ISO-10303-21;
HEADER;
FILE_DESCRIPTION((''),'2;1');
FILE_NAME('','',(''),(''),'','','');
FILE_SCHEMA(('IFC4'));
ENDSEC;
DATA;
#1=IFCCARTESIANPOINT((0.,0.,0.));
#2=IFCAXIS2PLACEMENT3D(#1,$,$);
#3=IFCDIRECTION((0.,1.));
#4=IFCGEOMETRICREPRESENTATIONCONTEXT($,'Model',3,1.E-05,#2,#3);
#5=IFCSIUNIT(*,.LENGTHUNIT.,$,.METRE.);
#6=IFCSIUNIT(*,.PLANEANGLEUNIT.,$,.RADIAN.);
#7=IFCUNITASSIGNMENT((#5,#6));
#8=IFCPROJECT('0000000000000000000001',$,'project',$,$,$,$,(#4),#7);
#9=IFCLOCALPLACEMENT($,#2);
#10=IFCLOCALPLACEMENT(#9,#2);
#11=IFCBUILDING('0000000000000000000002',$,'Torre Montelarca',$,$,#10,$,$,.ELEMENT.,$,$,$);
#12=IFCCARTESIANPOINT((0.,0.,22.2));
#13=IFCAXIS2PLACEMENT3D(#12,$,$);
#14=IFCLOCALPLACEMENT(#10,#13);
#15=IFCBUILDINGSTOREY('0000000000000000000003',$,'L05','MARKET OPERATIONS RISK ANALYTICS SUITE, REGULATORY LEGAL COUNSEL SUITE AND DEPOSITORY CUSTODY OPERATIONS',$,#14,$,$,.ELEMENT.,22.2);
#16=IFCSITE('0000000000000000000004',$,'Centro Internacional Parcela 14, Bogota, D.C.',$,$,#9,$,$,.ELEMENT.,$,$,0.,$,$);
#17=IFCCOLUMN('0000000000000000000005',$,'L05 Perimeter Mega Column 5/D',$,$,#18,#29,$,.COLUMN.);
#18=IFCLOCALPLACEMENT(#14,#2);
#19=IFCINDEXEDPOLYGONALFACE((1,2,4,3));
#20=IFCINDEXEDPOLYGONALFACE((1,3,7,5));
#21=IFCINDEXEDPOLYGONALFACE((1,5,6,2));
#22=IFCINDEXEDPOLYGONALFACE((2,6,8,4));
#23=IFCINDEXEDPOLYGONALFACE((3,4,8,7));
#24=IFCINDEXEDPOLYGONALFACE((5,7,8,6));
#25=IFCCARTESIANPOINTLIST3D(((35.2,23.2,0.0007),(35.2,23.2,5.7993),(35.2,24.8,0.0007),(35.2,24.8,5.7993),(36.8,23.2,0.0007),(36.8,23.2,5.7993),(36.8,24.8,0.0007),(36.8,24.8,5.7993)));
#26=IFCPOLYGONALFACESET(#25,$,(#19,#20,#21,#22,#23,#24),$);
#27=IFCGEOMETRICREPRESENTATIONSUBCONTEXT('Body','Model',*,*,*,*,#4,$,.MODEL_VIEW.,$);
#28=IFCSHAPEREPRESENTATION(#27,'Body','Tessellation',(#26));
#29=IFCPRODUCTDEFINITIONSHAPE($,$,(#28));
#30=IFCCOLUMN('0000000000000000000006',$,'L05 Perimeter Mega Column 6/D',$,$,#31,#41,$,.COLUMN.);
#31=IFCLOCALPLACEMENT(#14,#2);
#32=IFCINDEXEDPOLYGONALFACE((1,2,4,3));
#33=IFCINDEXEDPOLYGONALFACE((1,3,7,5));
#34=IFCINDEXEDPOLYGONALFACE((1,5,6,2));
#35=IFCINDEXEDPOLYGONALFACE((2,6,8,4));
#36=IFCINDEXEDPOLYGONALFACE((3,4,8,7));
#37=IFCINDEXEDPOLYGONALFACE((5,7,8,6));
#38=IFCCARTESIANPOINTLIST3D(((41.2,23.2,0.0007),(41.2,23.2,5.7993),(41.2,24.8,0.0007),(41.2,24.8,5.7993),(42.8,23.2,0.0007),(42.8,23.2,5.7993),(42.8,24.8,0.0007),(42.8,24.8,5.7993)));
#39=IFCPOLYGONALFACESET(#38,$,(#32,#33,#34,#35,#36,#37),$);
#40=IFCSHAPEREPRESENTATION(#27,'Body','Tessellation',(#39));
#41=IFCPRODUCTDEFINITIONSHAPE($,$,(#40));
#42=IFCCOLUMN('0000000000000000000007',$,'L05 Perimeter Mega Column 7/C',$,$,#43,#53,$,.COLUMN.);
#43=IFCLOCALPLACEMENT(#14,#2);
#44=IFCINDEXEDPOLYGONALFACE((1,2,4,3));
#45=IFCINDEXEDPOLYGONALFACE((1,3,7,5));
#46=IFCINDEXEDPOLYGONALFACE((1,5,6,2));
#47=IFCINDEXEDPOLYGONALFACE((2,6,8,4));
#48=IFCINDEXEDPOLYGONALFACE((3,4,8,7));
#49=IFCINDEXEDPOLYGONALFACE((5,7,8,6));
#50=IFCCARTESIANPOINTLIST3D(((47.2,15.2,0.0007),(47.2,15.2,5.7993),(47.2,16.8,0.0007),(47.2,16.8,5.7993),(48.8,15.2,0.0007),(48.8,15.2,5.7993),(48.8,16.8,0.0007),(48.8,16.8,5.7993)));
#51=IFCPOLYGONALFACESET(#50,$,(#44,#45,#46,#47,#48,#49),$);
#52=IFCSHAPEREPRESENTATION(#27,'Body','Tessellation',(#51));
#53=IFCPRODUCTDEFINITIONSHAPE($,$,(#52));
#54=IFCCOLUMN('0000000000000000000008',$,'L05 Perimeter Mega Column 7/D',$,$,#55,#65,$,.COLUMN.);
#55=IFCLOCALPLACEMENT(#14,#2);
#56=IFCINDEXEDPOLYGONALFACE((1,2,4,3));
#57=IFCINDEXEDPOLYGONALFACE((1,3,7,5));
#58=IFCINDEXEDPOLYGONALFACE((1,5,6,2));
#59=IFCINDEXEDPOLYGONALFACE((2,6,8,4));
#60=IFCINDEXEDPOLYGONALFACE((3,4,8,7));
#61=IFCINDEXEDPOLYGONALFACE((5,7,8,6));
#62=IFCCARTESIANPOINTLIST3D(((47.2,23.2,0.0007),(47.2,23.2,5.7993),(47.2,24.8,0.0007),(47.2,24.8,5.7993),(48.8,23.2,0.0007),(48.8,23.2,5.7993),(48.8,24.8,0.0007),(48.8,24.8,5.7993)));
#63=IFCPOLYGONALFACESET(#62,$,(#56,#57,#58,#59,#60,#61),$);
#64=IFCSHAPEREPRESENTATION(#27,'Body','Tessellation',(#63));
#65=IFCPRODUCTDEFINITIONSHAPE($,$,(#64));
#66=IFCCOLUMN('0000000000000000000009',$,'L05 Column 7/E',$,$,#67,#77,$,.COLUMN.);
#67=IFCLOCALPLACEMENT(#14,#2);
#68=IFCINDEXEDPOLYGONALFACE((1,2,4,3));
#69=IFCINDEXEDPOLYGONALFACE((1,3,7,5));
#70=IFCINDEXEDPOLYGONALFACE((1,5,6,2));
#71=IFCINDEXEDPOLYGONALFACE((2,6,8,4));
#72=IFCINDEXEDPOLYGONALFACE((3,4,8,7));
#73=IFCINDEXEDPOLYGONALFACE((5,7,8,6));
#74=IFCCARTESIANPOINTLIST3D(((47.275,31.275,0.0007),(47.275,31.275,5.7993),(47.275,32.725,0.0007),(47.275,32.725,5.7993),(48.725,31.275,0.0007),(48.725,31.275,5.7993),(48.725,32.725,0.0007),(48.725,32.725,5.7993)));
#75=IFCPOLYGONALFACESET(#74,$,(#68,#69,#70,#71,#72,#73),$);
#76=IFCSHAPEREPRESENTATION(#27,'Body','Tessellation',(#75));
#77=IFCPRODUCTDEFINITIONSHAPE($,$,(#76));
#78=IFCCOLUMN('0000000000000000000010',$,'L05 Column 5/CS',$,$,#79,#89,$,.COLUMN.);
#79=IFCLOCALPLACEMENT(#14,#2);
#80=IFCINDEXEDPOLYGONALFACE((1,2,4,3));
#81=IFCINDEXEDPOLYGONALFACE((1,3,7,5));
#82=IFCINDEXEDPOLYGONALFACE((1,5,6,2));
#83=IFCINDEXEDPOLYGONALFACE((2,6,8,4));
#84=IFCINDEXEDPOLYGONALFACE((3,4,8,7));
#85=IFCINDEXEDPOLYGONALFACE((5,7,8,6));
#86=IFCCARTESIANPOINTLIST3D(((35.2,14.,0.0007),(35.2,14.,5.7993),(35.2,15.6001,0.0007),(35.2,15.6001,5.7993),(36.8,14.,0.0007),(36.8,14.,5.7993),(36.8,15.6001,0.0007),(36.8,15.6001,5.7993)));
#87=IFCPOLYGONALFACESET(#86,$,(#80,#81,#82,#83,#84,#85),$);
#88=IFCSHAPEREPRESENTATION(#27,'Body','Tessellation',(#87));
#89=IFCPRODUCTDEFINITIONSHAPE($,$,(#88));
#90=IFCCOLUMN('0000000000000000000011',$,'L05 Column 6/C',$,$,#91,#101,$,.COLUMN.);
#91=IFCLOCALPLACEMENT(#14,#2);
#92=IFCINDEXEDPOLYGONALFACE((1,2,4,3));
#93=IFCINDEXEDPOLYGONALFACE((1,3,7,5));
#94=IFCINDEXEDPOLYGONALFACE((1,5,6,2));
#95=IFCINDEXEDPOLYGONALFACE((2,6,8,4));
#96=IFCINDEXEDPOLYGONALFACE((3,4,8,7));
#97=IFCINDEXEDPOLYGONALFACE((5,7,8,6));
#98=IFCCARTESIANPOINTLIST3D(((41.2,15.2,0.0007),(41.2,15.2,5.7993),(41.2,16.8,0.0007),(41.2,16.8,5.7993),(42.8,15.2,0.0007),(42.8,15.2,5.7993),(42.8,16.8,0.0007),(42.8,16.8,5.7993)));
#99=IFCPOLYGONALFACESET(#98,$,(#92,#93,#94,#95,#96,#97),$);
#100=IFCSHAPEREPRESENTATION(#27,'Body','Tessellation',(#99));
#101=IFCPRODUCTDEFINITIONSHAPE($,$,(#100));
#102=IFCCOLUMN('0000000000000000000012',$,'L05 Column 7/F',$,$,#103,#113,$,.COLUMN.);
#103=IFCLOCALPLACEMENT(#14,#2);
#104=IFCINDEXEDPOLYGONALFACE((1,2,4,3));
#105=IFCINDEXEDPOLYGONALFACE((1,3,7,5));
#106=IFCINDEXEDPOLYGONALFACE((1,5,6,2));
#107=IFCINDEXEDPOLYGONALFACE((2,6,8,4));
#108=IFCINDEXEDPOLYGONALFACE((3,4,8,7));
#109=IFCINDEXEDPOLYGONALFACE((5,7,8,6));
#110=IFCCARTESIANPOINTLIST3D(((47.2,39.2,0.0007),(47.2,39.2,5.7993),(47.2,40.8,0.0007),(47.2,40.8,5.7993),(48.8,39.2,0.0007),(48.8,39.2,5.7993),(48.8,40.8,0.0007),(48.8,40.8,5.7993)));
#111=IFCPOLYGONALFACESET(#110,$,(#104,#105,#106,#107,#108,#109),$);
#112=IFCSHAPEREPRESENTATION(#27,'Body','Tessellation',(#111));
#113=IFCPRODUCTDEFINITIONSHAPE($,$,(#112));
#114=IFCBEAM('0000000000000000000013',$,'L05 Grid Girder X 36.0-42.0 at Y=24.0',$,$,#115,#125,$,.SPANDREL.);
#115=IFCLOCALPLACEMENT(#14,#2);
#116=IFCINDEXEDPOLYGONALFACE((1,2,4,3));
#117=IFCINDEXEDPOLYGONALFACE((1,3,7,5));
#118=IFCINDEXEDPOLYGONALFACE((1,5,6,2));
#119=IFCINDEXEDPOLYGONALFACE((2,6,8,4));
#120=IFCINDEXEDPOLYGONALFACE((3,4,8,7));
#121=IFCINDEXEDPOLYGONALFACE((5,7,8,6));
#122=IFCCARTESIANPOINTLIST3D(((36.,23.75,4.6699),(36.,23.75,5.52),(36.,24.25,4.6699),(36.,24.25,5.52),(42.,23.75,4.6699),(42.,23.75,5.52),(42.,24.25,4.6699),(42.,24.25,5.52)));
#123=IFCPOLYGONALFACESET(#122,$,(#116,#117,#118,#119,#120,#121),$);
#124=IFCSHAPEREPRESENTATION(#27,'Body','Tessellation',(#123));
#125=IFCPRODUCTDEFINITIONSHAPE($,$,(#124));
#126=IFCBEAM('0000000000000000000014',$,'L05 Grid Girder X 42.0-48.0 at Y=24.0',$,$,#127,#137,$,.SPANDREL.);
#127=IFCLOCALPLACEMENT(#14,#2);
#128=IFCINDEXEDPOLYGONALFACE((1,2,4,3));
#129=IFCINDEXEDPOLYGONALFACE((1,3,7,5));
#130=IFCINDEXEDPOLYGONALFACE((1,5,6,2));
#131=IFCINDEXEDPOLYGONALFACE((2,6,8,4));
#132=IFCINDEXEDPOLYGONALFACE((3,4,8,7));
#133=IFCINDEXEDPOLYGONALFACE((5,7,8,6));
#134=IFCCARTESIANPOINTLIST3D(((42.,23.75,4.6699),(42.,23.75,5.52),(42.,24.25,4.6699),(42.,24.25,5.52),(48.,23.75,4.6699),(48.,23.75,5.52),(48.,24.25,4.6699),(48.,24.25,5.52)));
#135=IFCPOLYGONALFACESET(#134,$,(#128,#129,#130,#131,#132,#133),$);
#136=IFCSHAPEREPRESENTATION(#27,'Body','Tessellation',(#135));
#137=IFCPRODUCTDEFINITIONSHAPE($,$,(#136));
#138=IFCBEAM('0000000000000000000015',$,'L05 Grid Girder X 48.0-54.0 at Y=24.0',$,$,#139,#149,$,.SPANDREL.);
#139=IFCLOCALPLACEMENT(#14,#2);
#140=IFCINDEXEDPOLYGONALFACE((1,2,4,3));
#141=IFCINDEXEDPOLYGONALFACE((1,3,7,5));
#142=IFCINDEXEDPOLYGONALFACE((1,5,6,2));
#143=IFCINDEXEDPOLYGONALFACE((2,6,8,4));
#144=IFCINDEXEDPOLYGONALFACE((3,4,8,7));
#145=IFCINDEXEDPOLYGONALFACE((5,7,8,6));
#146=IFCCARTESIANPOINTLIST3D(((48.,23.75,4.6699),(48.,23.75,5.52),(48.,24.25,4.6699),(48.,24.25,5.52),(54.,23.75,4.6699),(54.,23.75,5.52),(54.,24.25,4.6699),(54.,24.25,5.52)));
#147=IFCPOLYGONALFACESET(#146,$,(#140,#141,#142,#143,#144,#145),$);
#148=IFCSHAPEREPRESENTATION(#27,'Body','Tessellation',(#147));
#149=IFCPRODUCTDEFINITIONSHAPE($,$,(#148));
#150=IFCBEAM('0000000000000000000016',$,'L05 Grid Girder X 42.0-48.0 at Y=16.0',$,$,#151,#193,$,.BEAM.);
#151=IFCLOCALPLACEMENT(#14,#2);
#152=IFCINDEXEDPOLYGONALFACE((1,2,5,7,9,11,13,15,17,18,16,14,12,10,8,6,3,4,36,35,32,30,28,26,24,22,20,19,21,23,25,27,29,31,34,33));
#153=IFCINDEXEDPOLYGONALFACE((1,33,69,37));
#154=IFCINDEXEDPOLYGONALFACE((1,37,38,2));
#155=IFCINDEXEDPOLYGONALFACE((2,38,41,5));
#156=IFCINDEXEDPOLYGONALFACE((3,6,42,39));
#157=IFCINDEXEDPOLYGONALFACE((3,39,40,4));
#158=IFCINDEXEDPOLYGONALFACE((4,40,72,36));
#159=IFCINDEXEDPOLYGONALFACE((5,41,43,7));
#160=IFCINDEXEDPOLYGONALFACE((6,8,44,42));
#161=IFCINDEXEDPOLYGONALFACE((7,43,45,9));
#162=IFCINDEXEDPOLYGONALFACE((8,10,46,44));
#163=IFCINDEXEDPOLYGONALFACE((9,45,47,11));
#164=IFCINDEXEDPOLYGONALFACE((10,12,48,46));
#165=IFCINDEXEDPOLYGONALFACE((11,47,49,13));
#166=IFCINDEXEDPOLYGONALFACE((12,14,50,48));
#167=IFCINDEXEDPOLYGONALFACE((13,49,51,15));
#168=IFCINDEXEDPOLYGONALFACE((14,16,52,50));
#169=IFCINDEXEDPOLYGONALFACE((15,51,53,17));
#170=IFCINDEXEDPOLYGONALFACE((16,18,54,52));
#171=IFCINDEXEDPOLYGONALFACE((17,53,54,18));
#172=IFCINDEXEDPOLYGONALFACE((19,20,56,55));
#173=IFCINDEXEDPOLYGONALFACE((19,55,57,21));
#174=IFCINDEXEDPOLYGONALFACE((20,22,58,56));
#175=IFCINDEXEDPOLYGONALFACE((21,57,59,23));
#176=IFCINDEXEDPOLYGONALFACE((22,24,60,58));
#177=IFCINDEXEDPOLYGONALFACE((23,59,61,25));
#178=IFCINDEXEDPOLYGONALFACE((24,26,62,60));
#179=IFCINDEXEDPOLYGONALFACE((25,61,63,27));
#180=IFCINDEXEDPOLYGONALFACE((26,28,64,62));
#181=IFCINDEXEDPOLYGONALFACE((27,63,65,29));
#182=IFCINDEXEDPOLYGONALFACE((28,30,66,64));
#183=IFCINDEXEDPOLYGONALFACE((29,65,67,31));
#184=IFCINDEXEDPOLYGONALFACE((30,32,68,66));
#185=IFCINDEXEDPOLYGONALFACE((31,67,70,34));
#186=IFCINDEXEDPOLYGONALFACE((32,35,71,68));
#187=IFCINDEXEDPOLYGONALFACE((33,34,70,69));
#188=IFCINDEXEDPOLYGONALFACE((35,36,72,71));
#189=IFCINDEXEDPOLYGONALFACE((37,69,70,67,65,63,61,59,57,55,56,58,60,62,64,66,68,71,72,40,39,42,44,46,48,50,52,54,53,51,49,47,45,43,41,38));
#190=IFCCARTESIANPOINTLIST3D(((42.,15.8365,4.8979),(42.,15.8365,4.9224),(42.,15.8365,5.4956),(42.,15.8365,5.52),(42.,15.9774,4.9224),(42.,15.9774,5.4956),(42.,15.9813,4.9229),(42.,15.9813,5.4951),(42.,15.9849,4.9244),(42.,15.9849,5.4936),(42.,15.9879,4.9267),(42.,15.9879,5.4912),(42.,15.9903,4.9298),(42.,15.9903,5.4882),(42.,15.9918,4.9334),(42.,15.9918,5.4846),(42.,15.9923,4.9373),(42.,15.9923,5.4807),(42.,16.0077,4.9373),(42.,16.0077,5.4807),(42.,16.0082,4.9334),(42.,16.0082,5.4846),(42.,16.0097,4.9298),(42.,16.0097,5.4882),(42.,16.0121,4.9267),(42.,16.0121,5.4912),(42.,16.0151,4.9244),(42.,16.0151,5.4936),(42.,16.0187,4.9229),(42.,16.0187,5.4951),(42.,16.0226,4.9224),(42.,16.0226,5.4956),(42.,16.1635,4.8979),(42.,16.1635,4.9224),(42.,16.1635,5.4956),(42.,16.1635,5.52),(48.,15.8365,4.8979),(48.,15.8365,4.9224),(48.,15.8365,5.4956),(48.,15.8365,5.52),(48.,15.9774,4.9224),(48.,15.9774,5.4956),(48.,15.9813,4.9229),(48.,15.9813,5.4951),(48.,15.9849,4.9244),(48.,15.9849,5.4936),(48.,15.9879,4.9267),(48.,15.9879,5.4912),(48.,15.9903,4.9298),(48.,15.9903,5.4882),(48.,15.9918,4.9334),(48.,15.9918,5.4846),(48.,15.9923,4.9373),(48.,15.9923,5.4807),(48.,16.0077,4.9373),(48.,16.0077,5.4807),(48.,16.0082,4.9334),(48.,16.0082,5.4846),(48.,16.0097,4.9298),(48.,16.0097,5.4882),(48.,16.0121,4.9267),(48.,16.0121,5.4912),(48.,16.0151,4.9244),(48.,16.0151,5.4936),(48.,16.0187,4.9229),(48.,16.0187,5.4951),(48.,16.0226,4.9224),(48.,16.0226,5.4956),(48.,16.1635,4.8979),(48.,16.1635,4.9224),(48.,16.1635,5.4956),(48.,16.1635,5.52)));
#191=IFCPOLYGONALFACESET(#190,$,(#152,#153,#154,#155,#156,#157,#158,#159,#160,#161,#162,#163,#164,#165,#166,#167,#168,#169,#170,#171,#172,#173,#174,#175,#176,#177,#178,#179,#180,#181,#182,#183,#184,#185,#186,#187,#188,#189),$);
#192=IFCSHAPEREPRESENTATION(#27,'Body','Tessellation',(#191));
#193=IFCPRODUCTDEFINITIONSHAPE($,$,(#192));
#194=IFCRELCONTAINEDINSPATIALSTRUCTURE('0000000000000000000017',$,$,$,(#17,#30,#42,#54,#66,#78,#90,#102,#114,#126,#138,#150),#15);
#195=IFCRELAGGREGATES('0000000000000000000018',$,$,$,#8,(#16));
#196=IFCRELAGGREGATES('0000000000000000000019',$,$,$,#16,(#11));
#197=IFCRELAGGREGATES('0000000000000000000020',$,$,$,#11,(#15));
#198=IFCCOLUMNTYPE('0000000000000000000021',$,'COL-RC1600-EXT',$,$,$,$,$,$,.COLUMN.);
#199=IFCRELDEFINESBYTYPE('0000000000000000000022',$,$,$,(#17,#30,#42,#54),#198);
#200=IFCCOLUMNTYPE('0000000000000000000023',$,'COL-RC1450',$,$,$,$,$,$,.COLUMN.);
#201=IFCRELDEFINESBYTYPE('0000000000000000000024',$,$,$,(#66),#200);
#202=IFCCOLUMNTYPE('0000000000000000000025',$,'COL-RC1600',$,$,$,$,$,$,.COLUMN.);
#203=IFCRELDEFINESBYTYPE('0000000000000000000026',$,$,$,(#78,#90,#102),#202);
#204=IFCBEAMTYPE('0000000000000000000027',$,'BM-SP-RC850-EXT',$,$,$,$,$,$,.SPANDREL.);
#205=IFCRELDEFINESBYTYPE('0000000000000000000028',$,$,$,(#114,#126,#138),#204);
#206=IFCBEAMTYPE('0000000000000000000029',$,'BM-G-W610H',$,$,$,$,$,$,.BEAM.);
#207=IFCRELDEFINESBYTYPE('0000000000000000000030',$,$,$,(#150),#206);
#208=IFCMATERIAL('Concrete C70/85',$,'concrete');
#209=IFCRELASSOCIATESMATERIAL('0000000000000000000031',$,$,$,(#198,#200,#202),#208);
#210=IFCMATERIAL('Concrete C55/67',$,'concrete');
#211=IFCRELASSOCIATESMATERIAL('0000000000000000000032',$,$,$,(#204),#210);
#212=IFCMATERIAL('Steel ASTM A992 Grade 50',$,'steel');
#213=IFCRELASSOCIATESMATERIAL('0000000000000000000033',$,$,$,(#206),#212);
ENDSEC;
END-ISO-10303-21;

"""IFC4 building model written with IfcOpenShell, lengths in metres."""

from ifc_helpers import new_model, si_unit, direction, frame, origin, origin_2d, place, context, subcontext, project, spatial, rectangle, i_section, extrude, source, transform, mapped, material, material_profile, profile_set, type_object, element, save


model = new_model("IFC4")

# Units and contexts
model_context = context("Model", 3, precision=1e-05, world=origin(), true_north=direction((0.0, 1.0)))
body_context = subcontext(model_context, "Body", "Model", "MODEL_VIEW")
ifc_project = project(units=[si_unit("LENGTHUNIT", "METRE"), si_unit("PLANEANGLEUNIT", "RADIAN")], contexts=[model_context])

# Site, building, storey
site_placement = place(None, origin())
site = spatial("IfcSite", under=ifc_project, at=site_placement, Name="Centro Internacional Parcela 14, Bogota, D.C.", CompositionType="ELEMENT", RefElevation=0.0)
building_placement = place(site_placement, origin())
building = spatial("IfcBuilding", under=site, at=building_placement, Name="Torre Montelarca", CompositionType="ELEMENT")
storey_placement = place(building_placement, frame((0.0, 0.0, 22.2)))
storey = spatial("IfcBuildingStorey", under=building, at=storey_placement, Name="L05", Description="MARKET OPERATIONS RISK ANALYTICS SUITE, REGULATORY LEGAL COUNSEL SUITE AND DEPOSITORY CUSTODY OPERATIONS", CompositionType="ELEMENT", Elevation=22.2)

# Columns
ifc_material_1 = material(Name="Concrete C70/85", Category="concrete")
ifc_material_profile_1 = material_profile(ifc_material_1, rectangle(XDim=1.6001, YDim=1.6001, at=origin_2d()), Name="RC1600X1600", Category="concrete")
ifc_profile_set_1 = profile_set([ifc_material_profile_1], Name="Concrete C70/85")
column_type_1 = type_object("IfcColumnType", Name="COL-RC1600-EXT", PredefinedType="COLUMN", material=ifc_profile_set_1)
shared_shape_1 = source(origin(), body_context, "Body", "SweptSolid", [
    extrude(rectangle(XDim=1.6001, YDim=1.6001, at=origin_2d()), origin(), (0.0, 0.0, 1.0), 5.7986),
])
for number, where, z_axis, x_axis, name in (
    (1, (36.0, 24.0, 0.0007), (0.0, 0.0, 1.0), (1.0, 0.0, 0.0), "L05 Perimeter Mega Column 5/D"),
    (2, (42.0, 24.0, 0.0007), (0.0, 0.0, 1.0), (1.0, 0.0, 0.0), "L05 Perimeter Mega Column 6/D"),
    (3, (48.0, 16.0, 0.0007), (0.0, 0.0, 1.0), (1.0, 0.0, 0.0), "L05 Perimeter Mega Column 7/C"),
    (4, (48.0, 24.0, 0.0007), (0.0, 0.0, 1.0), (1.0, 0.0, 0.0), "L05 Perimeter Mega Column 7/D"),
):
    element("IfcColumn", number, at=place(storey_placement, frame(where, z_axis=z_axis, x_axis=x_axis)), inside=storey, type_object=column_type_1, Name=name, PredefinedType="COLUMN", context=body_context, shape_type="MappedRepresentation", body=[
        mapped(shared_shape_1, transform((0.0, 0.0, 0.0), scale=1.0)),
    ])
ifc_material_profile_2 = material_profile(ifc_material_1, rectangle(XDim=1.45, YDim=1.45, at=origin_2d()), Name="RC1450X1450", Category="concrete")
ifc_profile_set_2 = profile_set([ifc_material_profile_2], Name="Concrete C70/85")
column_type_2 = type_object("IfcColumnType", Name="COL-RC1450", PredefinedType="COLUMN", material=ifc_profile_set_2)
shared_shape_2 = source(origin(), body_context, "Body", "SweptSolid", [
    extrude(rectangle(XDim=1.45, YDim=1.45, at=origin_2d()), origin(), (0.0, 0.0, 1.0), 5.7986),
])
column_placement = place(storey_placement, frame((48.0, 32.0, 0.0007), z_axis=(0.0, 0.0, 1.0), x_axis=(1.0, 0.0, 0.0)))
element("IfcColumn", 5, at=column_placement, inside=storey, type_object=column_type_2, Name="L05 Column 7/E", PredefinedType="COLUMN", context=body_context, shape_type="MappedRepresentation", body=[
    mapped(shared_shape_2, transform((0.0, 0.0, 0.0), scale=1.0)),
])
ifc_material_profile_3 = material_profile(ifc_material_1, rectangle(XDim=1.6001, YDim=1.6001, at=origin_2d()), Name="RC1600X1600", Category="concrete")
ifc_profile_set_3 = profile_set([ifc_material_profile_3], Name="Concrete C70/85")
column_type_3 = type_object("IfcColumnType", Name="COL-RC1600", PredefinedType="COLUMN", material=ifc_profile_set_3)
shared_shape_3 = source(origin(), body_context, "Body", "SweptSolid", [
    extrude(rectangle(XDim=1.6001, YDim=1.6001, at=origin_2d()), origin(), (0.0, 0.0, 1.0), 5.7986),
])
for number, where, z_axis, x_axis, name in (
    (6, (36.0, 14.8, 0.0007), (0.0, 0.0, 1.0), (1.0, 0.0, 0.0), "L05 Column 5/CS"),
    (7, (42.0, 16.0, 0.0007), (0.0, 0.0, 1.0), (1.0, 0.0, 0.0), "L05 Column 6/C"),
    (8, (48.0, 40.0, 0.0007), (0.0, 0.0, 1.0), (1.0, 0.0, 0.0), "L05 Column 7/F"),
):
    element("IfcColumn", number, at=place(storey_placement, frame(where, z_axis=z_axis, x_axis=x_axis)), inside=storey, type_object=column_type_3, Name=name, PredefinedType="COLUMN", context=body_context, shape_type="MappedRepresentation", body=[
        mapped(shared_shape_3, transform((0.0, 0.0, 0.0), scale=1.0)),
    ])

# Beams
ifc_material_2 = material(Name="Concrete C55/67", Category="concrete")
ifc_material_profile_4 = material_profile(ifc_material_2, rectangle(XDim=0.5, YDim=0.8501, at=origin_2d()), Name="RCB500X850", Category="concrete")
ifc_profile_set_4 = profile_set([ifc_material_profile_4], Name="Concrete C55/67")
beam_type_1 = type_object("IfcBeamType", Name="BM-SP-RC850-EXT", PredefinedType="SPANDREL", material=ifc_profile_set_4)
shared_shape_4 = source(origin(), body_context, "Body", "SweptSolid", [
    extrude(rectangle(XDim=0.5, YDim=0.8501, at=origin_2d()), origin(), (0.0, 0.0, 1.0), 6.0),
])
for number, where, z_axis, x_axis, name in (
    (9, (36.0, 24.0, 5.095), (1.0, 0.0, 0.0), (0.0, 1.0, 0.0), "L05 Grid Girder X 36.0-42.0 at Y=24.0"),
    (10, (42.0, 24.0, 5.095), (1.0, 0.0, 0.0), (0.0, 1.0, 0.0), "L05 Grid Girder X 42.0-48.0 at Y=24.0"),
    (11, (48.0, 24.0, 5.095), (1.0, 0.0, 0.0), (0.0, 1.0, 0.0), "L05 Grid Girder X 48.0-54.0 at Y=24.0"),
):
    element("IfcBeam", number, at=place(storey_placement, frame(where, z_axis=z_axis, x_axis=x_axis)), inside=storey, type_object=beam_type_1, Name=name, PredefinedType="SPANDREL", context=body_context, shape_type="MappedRepresentation", body=[
        mapped(shared_shape_4, transform((0.0, 0.0, 0.0), scale=1.0)),
    ])
ifc_material_3 = material(Name="Steel ASTM A992 Grade 50", Category="steel")
ifc_material_profile_5 = material_profile(ifc_material_3, i_section(OverallWidth=0.3269, OverallDepth=0.6221, WebThickness=0.0154, FlangeThickness=0.0244, FilletRadius=0.0149, at=origin_2d()), Name="W610X195", Category="steel")
ifc_profile_set_5 = profile_set([ifc_material_profile_5], Name="Steel ASTM A992 Grade 50")
beam_type_2 = type_object("IfcBeamType", Name="BM-G-W610H", PredefinedType="BEAM", material=ifc_profile_set_5)
shared_shape_5 = source(origin(), body_context, "Body", "SweptSolid", [
    extrude(i_section(OverallWidth=0.3269, OverallDepth=0.6221, WebThickness=0.0154, FlangeThickness=0.0244, FilletRadius=0.0149, at=origin_2d()), origin(), (0.0, 0.0, 1.0), 6.0),
])
for number, where, z_axis, x_axis, name in (
    (12, (42.0, 16.0, 5.209), (1.0, 0.0, 0.0), (0.0, 1.0, 0.0), "L05 Grid Girder X 42.0-48.0 at Y=16.0"),
):
    element("IfcBeam", number, at=place(storey_placement, frame(where, z_axis=z_axis, x_axis=x_axis)), inside=storey, type_object=beam_type_2, Name=name, PredefinedType="BEAM", context=body_context, shape_type="MappedRepresentation", body=[
        mapped(shared_shape_5, transform((0.0, 0.0, 0.0), scale=1.0)),
    ])

save(model, "model.ifc")
